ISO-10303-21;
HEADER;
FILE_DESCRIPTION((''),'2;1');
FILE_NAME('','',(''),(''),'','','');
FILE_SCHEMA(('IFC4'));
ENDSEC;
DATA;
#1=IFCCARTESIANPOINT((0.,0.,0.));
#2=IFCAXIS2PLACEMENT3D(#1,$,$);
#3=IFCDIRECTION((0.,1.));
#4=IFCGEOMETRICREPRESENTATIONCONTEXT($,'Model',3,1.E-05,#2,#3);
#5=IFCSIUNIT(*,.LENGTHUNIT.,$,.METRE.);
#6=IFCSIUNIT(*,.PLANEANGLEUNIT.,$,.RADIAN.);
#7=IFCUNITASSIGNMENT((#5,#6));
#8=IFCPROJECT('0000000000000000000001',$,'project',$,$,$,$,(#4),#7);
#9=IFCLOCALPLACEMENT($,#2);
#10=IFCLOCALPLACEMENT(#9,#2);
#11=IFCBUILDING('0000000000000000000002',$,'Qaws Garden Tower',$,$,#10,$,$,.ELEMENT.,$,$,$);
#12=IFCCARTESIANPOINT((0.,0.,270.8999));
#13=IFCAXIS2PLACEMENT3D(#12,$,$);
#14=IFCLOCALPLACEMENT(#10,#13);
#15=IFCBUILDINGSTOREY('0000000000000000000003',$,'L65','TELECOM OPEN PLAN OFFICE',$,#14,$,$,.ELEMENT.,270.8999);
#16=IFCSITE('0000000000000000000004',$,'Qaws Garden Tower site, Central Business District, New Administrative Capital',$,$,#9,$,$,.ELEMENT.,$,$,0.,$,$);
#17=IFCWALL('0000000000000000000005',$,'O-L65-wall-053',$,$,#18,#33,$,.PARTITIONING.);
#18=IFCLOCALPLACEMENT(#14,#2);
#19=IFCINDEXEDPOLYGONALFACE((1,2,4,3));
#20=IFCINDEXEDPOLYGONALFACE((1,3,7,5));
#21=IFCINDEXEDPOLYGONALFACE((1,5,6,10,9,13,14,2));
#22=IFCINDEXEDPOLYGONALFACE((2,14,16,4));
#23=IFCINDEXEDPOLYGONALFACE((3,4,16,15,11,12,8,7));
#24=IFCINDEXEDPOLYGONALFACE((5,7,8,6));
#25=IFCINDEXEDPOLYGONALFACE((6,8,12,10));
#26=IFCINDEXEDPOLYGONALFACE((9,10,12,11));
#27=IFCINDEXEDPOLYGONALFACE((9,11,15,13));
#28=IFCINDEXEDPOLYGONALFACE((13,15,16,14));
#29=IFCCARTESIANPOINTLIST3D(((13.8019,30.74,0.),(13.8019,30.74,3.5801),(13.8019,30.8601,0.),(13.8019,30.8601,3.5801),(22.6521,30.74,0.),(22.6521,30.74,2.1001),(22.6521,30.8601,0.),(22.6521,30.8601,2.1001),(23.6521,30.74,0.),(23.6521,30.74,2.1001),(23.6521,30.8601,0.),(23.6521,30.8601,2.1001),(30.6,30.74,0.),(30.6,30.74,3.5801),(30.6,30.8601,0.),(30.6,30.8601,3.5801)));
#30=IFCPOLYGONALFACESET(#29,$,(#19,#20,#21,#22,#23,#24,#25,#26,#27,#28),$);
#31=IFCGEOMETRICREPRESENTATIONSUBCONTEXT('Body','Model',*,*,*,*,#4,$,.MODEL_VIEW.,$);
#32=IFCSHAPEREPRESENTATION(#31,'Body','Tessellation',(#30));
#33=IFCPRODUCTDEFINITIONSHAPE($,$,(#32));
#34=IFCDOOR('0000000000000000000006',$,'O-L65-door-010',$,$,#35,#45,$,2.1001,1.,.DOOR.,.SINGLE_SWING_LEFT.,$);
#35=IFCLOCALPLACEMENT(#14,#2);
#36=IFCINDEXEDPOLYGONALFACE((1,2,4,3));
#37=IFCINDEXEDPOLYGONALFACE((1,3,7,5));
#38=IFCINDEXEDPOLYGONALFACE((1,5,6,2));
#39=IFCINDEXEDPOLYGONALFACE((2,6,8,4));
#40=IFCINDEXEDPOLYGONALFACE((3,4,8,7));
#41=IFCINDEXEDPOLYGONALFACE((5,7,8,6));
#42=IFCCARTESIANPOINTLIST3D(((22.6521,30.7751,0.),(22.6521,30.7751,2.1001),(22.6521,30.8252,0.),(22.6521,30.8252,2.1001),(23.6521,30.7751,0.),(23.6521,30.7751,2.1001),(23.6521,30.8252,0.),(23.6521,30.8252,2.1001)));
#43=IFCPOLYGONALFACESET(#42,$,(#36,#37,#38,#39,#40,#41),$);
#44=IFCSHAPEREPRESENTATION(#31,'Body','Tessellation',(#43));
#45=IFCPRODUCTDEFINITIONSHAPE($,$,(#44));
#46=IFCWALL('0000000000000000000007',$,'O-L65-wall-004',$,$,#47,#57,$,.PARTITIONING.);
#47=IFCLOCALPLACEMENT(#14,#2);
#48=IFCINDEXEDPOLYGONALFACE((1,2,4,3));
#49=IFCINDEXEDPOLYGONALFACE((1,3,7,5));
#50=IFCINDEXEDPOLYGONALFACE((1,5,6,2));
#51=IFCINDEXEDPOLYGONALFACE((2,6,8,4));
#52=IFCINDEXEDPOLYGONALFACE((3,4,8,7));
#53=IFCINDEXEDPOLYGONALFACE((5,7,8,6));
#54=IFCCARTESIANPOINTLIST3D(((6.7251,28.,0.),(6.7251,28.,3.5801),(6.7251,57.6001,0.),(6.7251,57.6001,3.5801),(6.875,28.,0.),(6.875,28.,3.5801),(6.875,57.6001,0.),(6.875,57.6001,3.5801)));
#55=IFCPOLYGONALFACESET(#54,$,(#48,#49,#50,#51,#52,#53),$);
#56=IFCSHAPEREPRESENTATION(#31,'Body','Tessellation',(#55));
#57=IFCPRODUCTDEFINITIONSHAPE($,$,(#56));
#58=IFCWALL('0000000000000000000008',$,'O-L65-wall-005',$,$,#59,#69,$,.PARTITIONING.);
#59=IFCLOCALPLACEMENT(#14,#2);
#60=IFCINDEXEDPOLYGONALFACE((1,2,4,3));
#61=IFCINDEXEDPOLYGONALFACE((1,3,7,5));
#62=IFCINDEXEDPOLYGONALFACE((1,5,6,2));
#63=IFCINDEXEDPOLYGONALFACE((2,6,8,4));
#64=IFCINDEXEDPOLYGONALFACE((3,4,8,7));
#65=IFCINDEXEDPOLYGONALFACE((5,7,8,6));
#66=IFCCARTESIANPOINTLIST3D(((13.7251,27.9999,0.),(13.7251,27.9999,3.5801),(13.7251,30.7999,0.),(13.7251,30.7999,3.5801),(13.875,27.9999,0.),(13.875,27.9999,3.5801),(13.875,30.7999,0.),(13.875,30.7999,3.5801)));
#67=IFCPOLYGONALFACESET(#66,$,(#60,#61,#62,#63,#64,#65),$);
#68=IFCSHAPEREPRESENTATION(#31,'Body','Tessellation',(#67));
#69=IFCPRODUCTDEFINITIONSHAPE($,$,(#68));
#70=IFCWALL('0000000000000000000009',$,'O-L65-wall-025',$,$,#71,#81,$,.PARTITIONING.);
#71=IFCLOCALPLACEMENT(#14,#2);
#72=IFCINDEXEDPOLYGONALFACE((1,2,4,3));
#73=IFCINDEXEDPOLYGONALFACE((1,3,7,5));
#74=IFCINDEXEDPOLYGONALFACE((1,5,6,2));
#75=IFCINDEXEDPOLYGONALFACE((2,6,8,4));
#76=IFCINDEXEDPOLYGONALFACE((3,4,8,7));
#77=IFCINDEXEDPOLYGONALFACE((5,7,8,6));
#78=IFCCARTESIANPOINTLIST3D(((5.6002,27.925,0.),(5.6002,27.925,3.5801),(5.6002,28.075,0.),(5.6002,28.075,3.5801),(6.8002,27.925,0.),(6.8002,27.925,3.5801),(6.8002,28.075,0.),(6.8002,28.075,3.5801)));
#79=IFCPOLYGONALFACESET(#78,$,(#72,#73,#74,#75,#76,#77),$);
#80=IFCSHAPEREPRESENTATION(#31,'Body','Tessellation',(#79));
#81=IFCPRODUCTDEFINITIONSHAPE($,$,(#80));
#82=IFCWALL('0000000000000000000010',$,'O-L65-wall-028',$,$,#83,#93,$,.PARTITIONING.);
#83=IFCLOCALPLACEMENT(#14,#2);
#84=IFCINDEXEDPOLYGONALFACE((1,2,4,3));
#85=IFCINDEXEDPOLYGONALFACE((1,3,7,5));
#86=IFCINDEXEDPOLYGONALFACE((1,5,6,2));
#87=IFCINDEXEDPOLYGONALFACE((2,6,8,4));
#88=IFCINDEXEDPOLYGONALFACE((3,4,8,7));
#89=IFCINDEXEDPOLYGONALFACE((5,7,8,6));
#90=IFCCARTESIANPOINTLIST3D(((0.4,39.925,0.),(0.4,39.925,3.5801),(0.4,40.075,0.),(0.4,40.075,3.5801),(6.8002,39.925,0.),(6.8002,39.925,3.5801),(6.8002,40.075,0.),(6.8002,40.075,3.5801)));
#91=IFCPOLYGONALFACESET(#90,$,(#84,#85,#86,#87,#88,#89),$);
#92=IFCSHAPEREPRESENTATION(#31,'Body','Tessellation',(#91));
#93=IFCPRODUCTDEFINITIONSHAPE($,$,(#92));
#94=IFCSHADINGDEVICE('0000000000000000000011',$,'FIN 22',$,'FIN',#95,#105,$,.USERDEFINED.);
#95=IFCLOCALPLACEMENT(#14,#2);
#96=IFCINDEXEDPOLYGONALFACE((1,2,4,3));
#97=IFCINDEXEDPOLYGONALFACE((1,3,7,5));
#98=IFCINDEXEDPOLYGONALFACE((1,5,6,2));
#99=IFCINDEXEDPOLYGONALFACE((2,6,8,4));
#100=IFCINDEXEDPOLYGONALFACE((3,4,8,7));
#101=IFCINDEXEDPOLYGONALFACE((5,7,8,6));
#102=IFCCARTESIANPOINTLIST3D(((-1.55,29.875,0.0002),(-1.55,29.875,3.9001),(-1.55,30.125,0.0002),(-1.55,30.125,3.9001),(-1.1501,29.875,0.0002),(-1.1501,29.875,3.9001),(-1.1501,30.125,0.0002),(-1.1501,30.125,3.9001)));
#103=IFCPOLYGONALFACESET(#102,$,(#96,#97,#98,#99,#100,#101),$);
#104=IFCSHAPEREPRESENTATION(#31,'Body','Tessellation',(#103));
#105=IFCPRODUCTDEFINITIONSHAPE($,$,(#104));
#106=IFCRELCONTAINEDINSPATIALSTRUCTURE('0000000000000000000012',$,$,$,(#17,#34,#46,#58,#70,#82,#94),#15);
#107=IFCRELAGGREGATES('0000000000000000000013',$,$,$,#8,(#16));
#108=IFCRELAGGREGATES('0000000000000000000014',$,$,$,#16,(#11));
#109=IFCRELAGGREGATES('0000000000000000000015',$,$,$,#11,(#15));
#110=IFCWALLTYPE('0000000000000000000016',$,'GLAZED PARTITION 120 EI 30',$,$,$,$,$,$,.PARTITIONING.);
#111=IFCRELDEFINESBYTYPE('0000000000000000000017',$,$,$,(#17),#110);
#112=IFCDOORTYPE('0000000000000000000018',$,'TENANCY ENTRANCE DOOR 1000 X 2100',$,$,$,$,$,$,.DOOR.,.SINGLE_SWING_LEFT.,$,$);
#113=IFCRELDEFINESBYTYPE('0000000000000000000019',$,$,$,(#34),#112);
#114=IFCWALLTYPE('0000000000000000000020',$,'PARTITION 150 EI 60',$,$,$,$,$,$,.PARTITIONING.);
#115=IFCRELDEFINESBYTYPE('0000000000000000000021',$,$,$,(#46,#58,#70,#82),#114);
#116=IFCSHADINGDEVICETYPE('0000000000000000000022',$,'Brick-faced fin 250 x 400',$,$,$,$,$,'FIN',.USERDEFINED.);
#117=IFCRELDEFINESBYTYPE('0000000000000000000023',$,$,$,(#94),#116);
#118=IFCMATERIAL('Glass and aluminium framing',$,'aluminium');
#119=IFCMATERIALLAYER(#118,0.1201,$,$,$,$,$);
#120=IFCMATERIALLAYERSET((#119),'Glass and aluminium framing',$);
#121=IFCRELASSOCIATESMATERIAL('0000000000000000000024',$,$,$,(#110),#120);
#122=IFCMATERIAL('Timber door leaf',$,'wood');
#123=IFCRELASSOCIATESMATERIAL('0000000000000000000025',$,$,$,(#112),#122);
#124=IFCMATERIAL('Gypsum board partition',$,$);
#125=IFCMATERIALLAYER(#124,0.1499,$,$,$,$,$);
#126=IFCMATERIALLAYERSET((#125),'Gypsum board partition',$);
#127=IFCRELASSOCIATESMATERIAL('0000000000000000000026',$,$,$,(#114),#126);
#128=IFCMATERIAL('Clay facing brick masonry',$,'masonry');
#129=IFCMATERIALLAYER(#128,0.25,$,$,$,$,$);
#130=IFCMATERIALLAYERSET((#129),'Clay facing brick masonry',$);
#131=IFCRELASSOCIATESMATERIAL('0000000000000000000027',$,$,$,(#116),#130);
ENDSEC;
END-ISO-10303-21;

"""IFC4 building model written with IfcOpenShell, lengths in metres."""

from ifc_helpers import new_model, si_unit, direction, frame, frame_2d, origin, origin_2d, place, context, subcontext, project, spatial, rectangle, extrude, material, layer, layer_set, type_object, element, fill, save


model = new_model("IFC4")

# Units and contexts
model_context = context("Model", 3, precision=1e-05, world=origin(), true_north=direction((0.0, 1.0)))
body_context = subcontext(model_context, "Body", "Model", "MODEL_VIEW")
ifc_project = project(units=[si_unit("LENGTHUNIT", "METRE"), si_unit("PLANEANGLEUNIT", "RADIAN")], contexts=[model_context])

# Site, building, storey
site_placement = place(None, origin())
site = spatial("IfcSite", under=ifc_project, at=site_placement, Name="Qaws Garden Tower site, Central Business District, New Administrative Capital", CompositionType="ELEMENT", RefElevation=0.0)
building_placement = place(site_placement, origin())
building = spatial("IfcBuilding", under=site, at=building_placement, Name="Qaws Garden Tower", CompositionType="ELEMENT")
storey_placement = place(building_placement, frame((0.0, 0.0, 270.8999)))
storey = spatial("IfcBuildingStorey", under=building, at=storey_placement, Name="L65", Description="TELECOM OPEN PLAN OFFICE", CompositionType="ELEMENT", Elevation=270.8999)

# Shared definitions
ifc_material_1 = material(Name="Glass and aluminium framing", Category="aluminium")
ifc_layer_1 = layer(ifc_material_1, 0.1201)
ifc_layer_set_1 = layer_set([ifc_layer_1], Name="Glass and aluminium framing")
wall_type_1 = type_object("IfcWallType", Name="GLAZED PARTITION 120 EI 30", PredefinedType="PARTITIONING", material=ifc_layer_set_1)
ifc_material_2 = material(Name="Timber door leaf", Category="wood")
door_type = type_object("IfcDoorType", Name="TENANCY ENTRANCE DOOR 1000 X 2100", OperationType="SINGLE_SWING_LEFT", PredefinedType="DOOR", material=ifc_material_2)

# Wall, opening, door
wall_1_placement = place(storey_placement, frame((13.802, 30.8, 0.0), z_axis=(0.0, 0.0, 1.0), x_axis=(1.0, 0.0, 0.0)))
wall_1 = element("IfcWall", 1, at=wall_1_placement, inside=storey, type_object=wall_type_1, Name="O-L65-wall-053", PredefinedType="PARTITIONING", context=body_context, shape_type="SweptSolid", body=[
    extrude(rectangle(XDim=16.7981, YDim=0.1201, at=frame_2d((8.3989, 0.0))), origin(), (0.0, 0.0, 1.0), 3.5801),
])
opening_1_placement = place(wall_1_placement, frame((8.8501, 0.0, 0.0)))
opening_1 = element("IfcOpeningElement", 2, at=opening_1_placement, cuts=wall_1, PredefinedType="OPENING", context=body_context, shape_type="SweptSolid", body=[
    extrude(rectangle(XDim=1.0, YDim=2.1001, at=frame_2d((0.5, 1.05))), frame((0.0, 0.0701, 0.0), z_axis=(0.0, -1.0, 0.0), x_axis=(1.0, 0.0, 0.0)), (0.0, 0.0, 1.0), 0.1401),
])
door_1_placement = place(opening_1_placement, frame((1.0, 0.0, 0.0), z_axis=(0.0, 0.0, 1.0), x_axis=(-1.0, 0.0, 0.0)))
door_1 = element("IfcDoor", 3, at=door_1_placement, inside=storey, type_object=door_type, Name="O-L65-door-010", OperationType="SINGLE_SWING_LEFT", OverallHeight=2.1001, OverallWidth=1.0, PredefinedType="DOOR", context=body_context, shape_type="SweptSolid", body=[
    extrude(rectangle(XDim=1.0, YDim=2.1001, at=frame_2d((0.5, 1.05))), frame((0.0, 0.0249, 0.0), z_axis=(0.0, -1.0, 0.0), x_axis=(1.0, 0.0, 0.0)), (0.0, 0.0, 1.0), 0.05),
])
fill(opening_1, door_1)

# Walls
ifc_material_3 = material(Name="Gypsum board partition")
ifc_layer_2 = layer(ifc_material_3, 0.1499)
ifc_layer_set_2 = layer_set([ifc_layer_2], Name="Gypsum board partition")
wall_type_2 = type_object("IfcWallType", Name="PARTITION 150 EI 60", PredefinedType="PARTITIONING", material=ifc_layer_set_2)
wall_2_placement = place(storey_placement, frame((6.8, 28.0, 0.0), z_axis=(0.0, 0.0, 1.0), x_axis=(0.0, 1.0, 0.0)))
element("IfcWall", 4, at=wall_2_placement, inside=storey, type_object=wall_type_2, Name="O-L65-wall-004", PredefinedType="PARTITIONING", context=body_context, shape_type="SweptSolid", body=[
    extrude(rectangle(XDim=29.6001, YDim=0.1499, at=frame_2d((14.8, 0.0))), origin(), (0.0, 0.0, 1.0), 3.5801),
])
wall_3_placement = place(storey_placement, frame((13.8, 28.0, 0.0), z_axis=(0.0, 0.0, 1.0), x_axis=(0.0, 1.0, 0.0)))
element("IfcWall", 5, at=wall_3_placement, inside=storey, type_object=wall_type_2, Name="O-L65-wall-005", PredefinedType="PARTITIONING", context=body_context, shape_type="SweptSolid", body=[
    extrude(rectangle(XDim=2.8, YDim=0.1499, at=frame_2d((1.3999, 0.0))), origin(), (0.0, 0.0, 1.0), 3.5801),
])
wall_4_placement = place(storey_placement, frame((5.6001, 28.0, 0.0), z_axis=(0.0, 0.0, 1.0), x_axis=(1.0, 0.0, 0.0)))
element("IfcWall", 6, at=wall_4_placement, inside=storey, type_object=wall_type_2, Name="O-L65-wall-025", PredefinedType="PARTITIONING", context=body_context, shape_type="SweptSolid", body=[
    extrude(rectangle(XDim=1.2, YDim=0.1499, at=frame_2d((0.6001, 0.0))), origin(), (0.0, 0.0, 1.0), 3.5801),
])
wall_5_placement = place(storey_placement, frame((0.3999, 40.0, 0.0), z_axis=(0.0, 0.0, 1.0), x_axis=(1.0, 0.0, 0.0)))
element("IfcWall", 7, at=wall_5_placement, inside=storey, type_object=wall_type_2, Name="O-L65-wall-028", PredefinedType="PARTITIONING", context=body_context, shape_type="SweptSolid", body=[
    extrude(rectangle(XDim=6.4001, YDim=0.1499, at=frame_2d((3.2002, 0.0))), origin(), (0.0, 0.0, 1.0), 3.5801),
])

# Shading device
ifc_material_4 = material(Name="Clay facing brick masonry", Category="masonry")
ifc_layer_3 = layer(ifc_material_4, 0.25)
ifc_layer_set_3 = layer_set([ifc_layer_3], Name="Clay facing brick masonry")
shading_device_type = type_object("IfcShadingDeviceType", Name="Brick-faced fin 250 x 400", ElementType="FIN", PredefinedType="USERDEFINED", material=ifc_layer_set_3)
shading_device_placement = place(storey_placement, frame((-1.3501, 30.0, 0.0002), z_axis=(0.0, 0.0, 1.0), x_axis=(0.0, -1.0, 0.0)))
element("IfcShadingDevice", 8, at=shading_device_placement, inside=storey, type_object=shading_device_type, Name="FIN 22", ObjectType="FIN", PredefinedType="USERDEFINED", context=body_context, shape_type="SweptSolid", body=[
    extrude(rectangle(XDim=0.25, YDim=0.3999, at=origin_2d()), origin(), (0.0, 0.0, 1.0), 3.8999),
])

save(model, "model.ifc")
